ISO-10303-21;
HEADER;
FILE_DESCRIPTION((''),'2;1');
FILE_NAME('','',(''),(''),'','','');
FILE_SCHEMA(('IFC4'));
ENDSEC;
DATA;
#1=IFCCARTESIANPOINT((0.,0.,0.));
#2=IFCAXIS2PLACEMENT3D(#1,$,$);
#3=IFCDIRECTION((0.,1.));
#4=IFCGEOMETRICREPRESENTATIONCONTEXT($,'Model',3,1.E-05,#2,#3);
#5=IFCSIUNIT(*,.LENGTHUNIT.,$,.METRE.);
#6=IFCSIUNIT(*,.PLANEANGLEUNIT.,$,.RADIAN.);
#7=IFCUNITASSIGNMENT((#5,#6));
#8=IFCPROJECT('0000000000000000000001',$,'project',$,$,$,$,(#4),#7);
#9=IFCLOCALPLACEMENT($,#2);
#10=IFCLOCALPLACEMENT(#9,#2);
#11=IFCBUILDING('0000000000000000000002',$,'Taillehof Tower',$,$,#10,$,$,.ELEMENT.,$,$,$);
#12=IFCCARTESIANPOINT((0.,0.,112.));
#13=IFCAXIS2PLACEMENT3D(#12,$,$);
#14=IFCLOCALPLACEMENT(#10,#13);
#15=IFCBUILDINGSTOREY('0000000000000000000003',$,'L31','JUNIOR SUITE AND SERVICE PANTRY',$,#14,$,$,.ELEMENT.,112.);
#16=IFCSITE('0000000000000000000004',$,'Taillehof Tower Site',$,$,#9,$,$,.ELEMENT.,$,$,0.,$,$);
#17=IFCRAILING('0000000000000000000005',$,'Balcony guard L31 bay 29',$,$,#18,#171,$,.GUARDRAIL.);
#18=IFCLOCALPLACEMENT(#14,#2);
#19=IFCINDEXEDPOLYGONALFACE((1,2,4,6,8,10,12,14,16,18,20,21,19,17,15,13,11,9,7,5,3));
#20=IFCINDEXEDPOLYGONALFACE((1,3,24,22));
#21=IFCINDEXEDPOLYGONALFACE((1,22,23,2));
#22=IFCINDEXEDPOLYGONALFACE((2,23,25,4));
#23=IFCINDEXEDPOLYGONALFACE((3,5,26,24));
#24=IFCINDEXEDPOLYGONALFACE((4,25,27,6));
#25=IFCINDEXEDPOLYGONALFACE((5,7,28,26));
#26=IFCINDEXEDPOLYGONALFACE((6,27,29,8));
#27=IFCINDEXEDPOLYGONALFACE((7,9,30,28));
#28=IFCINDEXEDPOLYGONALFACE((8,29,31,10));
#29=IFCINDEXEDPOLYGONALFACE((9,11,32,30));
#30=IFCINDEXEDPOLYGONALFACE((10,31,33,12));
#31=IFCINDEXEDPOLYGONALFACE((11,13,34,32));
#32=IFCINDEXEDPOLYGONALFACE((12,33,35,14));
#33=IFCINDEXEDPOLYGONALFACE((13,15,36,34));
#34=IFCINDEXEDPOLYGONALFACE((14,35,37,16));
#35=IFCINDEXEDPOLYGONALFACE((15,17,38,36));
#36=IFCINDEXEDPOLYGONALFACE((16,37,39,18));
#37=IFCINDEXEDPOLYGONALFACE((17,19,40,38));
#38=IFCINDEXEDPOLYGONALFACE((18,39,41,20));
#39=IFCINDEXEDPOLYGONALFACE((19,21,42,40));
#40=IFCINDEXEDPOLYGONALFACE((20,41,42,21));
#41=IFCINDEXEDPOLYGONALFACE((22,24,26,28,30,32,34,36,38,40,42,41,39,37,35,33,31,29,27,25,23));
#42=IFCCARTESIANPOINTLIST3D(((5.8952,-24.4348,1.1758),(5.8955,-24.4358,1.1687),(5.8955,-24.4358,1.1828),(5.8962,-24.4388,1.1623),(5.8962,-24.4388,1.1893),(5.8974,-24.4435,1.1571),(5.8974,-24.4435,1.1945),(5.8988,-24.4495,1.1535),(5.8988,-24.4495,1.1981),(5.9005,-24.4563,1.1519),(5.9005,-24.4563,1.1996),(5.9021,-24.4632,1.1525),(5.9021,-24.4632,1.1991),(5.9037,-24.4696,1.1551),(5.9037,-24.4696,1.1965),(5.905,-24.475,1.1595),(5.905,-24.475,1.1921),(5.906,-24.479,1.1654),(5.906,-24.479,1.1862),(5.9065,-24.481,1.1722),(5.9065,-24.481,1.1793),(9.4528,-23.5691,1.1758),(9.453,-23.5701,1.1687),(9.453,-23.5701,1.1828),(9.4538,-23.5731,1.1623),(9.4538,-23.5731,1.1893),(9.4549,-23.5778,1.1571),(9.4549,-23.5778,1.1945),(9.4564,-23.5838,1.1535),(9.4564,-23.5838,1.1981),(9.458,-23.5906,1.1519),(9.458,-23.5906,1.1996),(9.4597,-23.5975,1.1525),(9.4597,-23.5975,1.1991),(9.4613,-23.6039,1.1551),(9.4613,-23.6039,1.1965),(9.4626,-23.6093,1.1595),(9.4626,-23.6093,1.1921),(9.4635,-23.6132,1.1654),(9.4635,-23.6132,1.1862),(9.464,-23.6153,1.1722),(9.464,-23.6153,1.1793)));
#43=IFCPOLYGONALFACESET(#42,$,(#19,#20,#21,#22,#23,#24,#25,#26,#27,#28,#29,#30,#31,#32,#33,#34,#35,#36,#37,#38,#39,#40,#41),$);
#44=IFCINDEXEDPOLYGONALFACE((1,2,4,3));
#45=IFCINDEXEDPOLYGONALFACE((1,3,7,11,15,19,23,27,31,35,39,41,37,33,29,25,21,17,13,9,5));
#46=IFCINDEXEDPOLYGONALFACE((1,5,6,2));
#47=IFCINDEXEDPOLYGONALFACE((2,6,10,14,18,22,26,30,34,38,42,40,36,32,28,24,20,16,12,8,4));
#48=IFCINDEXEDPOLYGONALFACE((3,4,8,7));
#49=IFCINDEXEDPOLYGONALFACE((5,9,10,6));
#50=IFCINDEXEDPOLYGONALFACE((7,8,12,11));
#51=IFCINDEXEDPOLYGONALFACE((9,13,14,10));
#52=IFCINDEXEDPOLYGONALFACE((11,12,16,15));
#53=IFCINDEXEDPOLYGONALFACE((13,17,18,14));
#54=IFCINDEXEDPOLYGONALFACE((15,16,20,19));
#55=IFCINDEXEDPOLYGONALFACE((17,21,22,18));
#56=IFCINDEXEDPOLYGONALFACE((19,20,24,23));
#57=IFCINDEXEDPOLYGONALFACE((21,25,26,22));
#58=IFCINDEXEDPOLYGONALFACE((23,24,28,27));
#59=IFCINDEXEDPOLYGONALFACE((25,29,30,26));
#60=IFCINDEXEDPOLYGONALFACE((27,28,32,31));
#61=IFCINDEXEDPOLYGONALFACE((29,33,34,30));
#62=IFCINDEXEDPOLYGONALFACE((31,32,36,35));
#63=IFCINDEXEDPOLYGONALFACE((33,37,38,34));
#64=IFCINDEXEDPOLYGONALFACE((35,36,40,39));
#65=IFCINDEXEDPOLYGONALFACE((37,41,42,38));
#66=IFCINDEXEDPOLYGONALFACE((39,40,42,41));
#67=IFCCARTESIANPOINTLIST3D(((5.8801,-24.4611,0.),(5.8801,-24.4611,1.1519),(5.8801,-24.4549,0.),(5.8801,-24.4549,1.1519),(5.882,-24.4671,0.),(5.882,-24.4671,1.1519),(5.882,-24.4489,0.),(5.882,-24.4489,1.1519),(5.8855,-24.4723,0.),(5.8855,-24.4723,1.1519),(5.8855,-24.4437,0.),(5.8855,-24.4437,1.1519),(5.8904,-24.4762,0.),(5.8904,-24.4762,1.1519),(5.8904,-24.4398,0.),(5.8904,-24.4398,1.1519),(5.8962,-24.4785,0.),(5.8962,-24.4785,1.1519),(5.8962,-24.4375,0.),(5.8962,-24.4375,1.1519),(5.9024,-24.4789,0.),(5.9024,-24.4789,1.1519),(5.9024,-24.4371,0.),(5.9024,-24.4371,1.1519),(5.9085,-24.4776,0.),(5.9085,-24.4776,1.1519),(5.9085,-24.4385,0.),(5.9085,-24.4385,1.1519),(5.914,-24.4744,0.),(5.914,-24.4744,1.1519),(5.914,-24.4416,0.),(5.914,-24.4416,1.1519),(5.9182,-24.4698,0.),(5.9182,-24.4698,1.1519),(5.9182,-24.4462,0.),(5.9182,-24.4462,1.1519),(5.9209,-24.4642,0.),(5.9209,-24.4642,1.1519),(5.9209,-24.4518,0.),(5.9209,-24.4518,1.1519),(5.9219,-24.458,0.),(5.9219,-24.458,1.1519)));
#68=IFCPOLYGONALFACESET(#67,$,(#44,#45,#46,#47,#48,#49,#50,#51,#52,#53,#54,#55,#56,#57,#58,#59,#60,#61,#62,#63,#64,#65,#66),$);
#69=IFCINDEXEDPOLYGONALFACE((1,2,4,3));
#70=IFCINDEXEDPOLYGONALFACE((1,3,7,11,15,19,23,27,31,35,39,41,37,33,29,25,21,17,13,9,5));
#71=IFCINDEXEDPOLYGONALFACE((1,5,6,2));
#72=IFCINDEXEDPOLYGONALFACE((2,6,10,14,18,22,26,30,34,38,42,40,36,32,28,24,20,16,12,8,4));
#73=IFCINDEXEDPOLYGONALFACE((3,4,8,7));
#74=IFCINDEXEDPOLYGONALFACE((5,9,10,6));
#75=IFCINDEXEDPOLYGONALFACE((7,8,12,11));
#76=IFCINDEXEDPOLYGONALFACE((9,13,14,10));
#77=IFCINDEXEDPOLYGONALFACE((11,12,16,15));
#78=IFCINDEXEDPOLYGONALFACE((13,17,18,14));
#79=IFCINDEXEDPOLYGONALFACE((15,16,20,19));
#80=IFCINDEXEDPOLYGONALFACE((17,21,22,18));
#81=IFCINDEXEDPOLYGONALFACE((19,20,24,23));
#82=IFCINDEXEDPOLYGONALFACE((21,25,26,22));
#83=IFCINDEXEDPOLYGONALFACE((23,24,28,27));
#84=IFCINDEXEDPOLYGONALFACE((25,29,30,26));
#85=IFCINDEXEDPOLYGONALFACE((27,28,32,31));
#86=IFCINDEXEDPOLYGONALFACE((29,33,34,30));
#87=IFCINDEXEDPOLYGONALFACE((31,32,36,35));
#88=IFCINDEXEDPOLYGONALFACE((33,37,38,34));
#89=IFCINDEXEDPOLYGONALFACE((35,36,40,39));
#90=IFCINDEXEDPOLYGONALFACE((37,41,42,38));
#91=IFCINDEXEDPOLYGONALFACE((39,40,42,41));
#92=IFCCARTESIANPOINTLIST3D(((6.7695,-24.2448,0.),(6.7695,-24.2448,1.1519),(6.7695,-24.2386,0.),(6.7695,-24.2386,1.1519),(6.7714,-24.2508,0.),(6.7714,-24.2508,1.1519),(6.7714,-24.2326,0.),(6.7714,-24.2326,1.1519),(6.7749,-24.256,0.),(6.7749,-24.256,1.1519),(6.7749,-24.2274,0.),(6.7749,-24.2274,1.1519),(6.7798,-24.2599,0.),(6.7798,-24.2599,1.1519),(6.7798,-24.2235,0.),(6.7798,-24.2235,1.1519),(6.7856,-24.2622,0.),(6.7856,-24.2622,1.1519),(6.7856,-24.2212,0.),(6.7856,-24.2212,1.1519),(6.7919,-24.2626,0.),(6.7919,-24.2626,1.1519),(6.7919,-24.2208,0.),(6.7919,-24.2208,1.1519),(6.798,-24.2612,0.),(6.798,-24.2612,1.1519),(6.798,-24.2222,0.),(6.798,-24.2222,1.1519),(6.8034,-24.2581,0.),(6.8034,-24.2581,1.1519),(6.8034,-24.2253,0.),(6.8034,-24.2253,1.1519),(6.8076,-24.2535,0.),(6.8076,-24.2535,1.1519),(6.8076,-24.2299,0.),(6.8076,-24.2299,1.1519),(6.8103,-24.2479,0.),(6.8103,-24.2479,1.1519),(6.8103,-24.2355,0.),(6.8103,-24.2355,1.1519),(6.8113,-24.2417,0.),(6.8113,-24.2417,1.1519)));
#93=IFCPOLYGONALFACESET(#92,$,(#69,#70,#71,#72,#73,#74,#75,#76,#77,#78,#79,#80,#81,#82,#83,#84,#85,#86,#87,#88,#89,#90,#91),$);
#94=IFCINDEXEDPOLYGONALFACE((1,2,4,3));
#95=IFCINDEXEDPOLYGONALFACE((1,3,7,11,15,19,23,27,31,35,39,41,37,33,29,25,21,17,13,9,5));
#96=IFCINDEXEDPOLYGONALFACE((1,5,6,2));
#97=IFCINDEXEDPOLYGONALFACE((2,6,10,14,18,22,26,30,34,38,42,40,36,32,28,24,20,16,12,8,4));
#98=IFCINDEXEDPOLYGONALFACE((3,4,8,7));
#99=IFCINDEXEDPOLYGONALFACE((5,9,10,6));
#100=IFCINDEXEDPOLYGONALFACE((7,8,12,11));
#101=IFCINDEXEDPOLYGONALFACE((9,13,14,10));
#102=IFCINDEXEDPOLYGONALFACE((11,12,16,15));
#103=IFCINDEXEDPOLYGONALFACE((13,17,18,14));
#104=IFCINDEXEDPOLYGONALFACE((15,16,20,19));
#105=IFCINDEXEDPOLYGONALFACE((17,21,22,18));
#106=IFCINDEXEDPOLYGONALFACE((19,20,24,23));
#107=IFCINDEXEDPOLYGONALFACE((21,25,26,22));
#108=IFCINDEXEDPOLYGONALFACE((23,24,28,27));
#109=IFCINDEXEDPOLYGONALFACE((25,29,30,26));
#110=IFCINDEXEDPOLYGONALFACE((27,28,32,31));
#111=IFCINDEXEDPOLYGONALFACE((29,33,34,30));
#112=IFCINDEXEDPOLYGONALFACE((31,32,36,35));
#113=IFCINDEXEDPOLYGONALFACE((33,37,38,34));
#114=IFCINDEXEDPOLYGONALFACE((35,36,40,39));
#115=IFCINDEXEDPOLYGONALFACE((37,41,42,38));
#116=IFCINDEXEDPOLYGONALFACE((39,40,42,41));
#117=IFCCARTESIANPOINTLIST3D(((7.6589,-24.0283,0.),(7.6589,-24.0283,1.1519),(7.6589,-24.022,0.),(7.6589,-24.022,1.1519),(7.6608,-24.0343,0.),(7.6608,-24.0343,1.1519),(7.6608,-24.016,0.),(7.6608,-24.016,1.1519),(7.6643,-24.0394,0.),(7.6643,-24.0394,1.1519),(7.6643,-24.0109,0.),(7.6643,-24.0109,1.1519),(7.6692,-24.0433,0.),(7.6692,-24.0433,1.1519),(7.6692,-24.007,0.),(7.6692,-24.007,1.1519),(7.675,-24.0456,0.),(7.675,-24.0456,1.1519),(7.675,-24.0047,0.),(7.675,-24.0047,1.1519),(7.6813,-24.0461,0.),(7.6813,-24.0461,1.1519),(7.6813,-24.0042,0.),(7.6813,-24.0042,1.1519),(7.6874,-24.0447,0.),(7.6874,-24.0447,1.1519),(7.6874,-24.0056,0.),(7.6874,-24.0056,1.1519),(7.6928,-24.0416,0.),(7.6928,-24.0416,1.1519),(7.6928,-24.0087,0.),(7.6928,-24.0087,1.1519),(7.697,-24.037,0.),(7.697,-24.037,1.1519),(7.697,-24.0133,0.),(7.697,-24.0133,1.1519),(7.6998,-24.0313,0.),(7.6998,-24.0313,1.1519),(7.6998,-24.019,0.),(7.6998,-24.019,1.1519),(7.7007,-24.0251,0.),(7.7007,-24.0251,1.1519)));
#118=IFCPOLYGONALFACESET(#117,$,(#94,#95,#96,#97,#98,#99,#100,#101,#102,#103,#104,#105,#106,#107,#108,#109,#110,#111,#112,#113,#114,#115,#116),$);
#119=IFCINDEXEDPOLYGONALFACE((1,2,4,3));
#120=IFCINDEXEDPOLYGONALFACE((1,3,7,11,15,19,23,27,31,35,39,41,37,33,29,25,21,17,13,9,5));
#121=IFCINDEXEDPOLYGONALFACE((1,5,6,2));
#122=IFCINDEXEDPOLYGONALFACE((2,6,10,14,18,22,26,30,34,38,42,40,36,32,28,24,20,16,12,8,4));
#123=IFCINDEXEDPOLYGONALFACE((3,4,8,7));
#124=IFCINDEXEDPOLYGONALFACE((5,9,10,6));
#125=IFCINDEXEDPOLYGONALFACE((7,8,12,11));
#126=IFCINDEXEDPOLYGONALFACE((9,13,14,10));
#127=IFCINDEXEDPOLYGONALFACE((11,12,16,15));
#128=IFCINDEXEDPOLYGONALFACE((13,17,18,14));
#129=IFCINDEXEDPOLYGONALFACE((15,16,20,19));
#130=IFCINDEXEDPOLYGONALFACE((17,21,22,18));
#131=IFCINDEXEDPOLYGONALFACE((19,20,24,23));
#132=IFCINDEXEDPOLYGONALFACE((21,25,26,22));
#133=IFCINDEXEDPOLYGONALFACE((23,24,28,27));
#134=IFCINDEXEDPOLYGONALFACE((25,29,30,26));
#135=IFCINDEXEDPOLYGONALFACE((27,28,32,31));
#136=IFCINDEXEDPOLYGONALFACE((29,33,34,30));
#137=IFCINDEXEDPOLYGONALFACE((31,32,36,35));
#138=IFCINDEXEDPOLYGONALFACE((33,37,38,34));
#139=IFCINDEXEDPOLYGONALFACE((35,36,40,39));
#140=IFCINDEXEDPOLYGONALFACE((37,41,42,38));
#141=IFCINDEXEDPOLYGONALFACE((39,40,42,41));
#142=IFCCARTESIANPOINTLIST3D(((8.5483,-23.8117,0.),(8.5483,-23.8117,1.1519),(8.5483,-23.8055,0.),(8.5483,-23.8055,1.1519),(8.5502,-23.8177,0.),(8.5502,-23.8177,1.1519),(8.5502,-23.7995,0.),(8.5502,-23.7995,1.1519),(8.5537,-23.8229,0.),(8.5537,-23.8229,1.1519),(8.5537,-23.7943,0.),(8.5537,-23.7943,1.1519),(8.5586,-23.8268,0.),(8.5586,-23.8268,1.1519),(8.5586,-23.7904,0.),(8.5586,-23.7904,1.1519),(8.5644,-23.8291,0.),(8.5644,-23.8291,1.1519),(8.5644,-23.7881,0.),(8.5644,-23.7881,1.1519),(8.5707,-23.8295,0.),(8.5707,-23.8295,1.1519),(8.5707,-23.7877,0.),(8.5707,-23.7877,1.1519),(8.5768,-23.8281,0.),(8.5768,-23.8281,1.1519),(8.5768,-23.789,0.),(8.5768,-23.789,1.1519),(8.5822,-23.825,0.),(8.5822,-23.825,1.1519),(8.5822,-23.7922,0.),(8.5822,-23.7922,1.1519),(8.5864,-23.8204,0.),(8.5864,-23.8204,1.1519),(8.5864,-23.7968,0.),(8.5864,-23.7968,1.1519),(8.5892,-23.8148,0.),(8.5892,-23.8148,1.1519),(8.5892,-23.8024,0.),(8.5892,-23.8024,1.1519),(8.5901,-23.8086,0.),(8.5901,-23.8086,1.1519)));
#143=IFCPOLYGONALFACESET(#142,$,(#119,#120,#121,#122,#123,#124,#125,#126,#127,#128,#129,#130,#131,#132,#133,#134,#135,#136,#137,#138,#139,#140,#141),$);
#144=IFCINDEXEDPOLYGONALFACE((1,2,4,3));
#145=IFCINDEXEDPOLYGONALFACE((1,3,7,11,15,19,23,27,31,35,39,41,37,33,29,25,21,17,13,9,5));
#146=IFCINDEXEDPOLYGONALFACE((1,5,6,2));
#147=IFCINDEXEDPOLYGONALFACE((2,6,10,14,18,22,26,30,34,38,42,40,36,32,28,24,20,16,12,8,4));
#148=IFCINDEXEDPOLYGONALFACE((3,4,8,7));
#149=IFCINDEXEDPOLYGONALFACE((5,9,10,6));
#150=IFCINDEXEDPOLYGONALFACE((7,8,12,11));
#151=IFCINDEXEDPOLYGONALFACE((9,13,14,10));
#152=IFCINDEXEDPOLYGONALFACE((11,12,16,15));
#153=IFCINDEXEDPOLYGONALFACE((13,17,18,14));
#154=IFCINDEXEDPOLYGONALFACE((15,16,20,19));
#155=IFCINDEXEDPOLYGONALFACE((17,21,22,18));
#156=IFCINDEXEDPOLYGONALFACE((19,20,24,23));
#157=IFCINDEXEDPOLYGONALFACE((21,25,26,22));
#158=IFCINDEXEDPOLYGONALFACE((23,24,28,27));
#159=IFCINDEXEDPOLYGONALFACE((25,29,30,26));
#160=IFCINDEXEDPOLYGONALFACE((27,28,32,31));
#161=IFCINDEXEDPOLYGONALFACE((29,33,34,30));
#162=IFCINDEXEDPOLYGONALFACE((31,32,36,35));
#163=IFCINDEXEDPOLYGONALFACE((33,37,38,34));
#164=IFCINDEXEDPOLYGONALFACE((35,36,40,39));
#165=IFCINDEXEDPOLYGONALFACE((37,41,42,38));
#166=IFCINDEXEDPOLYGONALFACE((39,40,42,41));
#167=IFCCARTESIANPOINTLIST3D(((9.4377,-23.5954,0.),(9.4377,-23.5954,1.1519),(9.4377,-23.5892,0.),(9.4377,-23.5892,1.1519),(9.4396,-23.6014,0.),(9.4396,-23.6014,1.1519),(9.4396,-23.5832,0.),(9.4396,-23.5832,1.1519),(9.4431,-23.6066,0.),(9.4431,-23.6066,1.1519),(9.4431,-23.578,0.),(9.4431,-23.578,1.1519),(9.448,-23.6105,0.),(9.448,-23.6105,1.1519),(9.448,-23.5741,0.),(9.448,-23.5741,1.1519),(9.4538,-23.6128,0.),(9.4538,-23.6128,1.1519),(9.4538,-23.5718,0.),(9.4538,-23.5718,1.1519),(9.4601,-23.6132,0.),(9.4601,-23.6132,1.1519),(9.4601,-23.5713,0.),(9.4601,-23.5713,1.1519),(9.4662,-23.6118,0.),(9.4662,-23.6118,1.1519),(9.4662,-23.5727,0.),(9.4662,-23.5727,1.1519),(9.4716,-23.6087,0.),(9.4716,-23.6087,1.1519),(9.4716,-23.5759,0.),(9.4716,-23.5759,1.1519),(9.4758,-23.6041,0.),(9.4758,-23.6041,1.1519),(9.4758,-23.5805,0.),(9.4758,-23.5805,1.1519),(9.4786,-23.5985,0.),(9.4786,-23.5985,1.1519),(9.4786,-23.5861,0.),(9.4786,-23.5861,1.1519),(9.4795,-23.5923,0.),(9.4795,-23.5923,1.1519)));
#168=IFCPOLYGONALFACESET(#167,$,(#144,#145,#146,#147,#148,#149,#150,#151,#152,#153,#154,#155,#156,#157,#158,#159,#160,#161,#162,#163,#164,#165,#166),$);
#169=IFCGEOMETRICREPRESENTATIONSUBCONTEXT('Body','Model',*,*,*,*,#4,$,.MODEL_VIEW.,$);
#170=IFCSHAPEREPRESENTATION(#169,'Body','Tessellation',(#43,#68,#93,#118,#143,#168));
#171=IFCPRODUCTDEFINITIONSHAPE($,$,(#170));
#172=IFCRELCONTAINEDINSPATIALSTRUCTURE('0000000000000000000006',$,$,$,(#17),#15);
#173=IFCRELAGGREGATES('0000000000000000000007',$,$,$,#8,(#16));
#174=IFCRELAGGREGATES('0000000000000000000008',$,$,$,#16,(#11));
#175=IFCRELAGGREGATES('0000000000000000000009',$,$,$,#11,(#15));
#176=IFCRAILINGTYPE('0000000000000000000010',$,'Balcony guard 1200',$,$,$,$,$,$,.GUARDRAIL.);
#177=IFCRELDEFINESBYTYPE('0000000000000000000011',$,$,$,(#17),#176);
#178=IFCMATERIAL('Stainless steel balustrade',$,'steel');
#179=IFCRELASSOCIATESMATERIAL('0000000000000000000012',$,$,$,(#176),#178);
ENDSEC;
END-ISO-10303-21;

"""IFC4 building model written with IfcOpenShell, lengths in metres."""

from ifc_helpers import new_model, si_unit, direction, frame, origin, origin_2d, place, context, subcontext, project, spatial, circle, extrude, material, type_object, element, save


model = new_model("IFC4")

# Units and contexts
model_context = context("Model", 3, precision=1e-05, world=origin(), true_north=direction((0.0, 1.0)))
body_context = subcontext(model_context, "Body", "Model", "MODEL_VIEW")
ifc_project = project(units=[si_unit("LENGTHUNIT", "METRE"), si_unit("PLANEANGLEUNIT", "RADIAN")], contexts=[model_context])

# Site, building, storey
site_placement = place(None, origin())
site = spatial("IfcSite", under=ifc_project, at=site_placement, Name="Taillehof Tower Site", CompositionType="ELEMENT", RefElevation=0.0)
building_placement = place(site_placement, origin())
building = spatial("IfcBuilding", under=site, at=building_placement, Name="Taillehof Tower", CompositionType="ELEMENT")
storey_placement = place(building_placement, frame((0.0, 0.0, 112.0)))
storey = spatial("IfcBuildingStorey", under=building, at=storey_placement, Name="L31", Description="JUNIOR SUITE AND SERVICE PANTRY", CompositionType="ELEMENT", Elevation=112.0)

# Railing
ifc_material_1 = material(Name="Stainless steel balustrade", Category="steel")
railing_type = type_object("IfcRailingType", Name="Balcony guard 1200", PredefinedType="GUARDRAIL", material=ifc_material_1)
railing_1_placement = place(storey_placement, frame((5.9009, -24.458, 0.0)))
element("IfcRailing", 1, at=railing_1_placement, inside=storey, type_object=railing_type, Name="Balcony guard L31 bay 29", PredefinedType="GUARDRAIL", context=body_context, shape_type="SweptSolid", body=[
    extrude(circle(Radius=0.0239, at=origin_2d()), frame((0.0, 0.0, 1.1758), z_axis=(0.971645, 0.236443, 0.0), x_axis=(-0.236443, 0.971645, 0.0)), (0.0, 0.0, 1.0), 3.6614),
    extrude(circle(Radius=0.021, at=origin_2d()), origin(), (0.0, 0.0, 1.0), 1.1519),
    extrude(circle(Radius=0.021, at=origin_2d()), frame((0.8894, 0.2163, 0.0)), (0.0, 0.0, 1.0), 1.1519),
    extrude(circle(Radius=0.021, at=origin_2d()), frame((1.7788, 0.4329, 0.0)), (0.0, 0.0, 1.0), 1.1519),
    extrude(circle(Radius=0.021, at=origin_2d()), frame((2.6682, 0.6494, 0.0)), (0.0, 0.0, 1.0), 1.1519),
    extrude(circle(Radius=0.021, at=origin_2d()), frame((3.5576, 0.8657, 0.0)), (0.0, 0.0, 1.0), 1.1519),
])

save(model, "model.ifc")
